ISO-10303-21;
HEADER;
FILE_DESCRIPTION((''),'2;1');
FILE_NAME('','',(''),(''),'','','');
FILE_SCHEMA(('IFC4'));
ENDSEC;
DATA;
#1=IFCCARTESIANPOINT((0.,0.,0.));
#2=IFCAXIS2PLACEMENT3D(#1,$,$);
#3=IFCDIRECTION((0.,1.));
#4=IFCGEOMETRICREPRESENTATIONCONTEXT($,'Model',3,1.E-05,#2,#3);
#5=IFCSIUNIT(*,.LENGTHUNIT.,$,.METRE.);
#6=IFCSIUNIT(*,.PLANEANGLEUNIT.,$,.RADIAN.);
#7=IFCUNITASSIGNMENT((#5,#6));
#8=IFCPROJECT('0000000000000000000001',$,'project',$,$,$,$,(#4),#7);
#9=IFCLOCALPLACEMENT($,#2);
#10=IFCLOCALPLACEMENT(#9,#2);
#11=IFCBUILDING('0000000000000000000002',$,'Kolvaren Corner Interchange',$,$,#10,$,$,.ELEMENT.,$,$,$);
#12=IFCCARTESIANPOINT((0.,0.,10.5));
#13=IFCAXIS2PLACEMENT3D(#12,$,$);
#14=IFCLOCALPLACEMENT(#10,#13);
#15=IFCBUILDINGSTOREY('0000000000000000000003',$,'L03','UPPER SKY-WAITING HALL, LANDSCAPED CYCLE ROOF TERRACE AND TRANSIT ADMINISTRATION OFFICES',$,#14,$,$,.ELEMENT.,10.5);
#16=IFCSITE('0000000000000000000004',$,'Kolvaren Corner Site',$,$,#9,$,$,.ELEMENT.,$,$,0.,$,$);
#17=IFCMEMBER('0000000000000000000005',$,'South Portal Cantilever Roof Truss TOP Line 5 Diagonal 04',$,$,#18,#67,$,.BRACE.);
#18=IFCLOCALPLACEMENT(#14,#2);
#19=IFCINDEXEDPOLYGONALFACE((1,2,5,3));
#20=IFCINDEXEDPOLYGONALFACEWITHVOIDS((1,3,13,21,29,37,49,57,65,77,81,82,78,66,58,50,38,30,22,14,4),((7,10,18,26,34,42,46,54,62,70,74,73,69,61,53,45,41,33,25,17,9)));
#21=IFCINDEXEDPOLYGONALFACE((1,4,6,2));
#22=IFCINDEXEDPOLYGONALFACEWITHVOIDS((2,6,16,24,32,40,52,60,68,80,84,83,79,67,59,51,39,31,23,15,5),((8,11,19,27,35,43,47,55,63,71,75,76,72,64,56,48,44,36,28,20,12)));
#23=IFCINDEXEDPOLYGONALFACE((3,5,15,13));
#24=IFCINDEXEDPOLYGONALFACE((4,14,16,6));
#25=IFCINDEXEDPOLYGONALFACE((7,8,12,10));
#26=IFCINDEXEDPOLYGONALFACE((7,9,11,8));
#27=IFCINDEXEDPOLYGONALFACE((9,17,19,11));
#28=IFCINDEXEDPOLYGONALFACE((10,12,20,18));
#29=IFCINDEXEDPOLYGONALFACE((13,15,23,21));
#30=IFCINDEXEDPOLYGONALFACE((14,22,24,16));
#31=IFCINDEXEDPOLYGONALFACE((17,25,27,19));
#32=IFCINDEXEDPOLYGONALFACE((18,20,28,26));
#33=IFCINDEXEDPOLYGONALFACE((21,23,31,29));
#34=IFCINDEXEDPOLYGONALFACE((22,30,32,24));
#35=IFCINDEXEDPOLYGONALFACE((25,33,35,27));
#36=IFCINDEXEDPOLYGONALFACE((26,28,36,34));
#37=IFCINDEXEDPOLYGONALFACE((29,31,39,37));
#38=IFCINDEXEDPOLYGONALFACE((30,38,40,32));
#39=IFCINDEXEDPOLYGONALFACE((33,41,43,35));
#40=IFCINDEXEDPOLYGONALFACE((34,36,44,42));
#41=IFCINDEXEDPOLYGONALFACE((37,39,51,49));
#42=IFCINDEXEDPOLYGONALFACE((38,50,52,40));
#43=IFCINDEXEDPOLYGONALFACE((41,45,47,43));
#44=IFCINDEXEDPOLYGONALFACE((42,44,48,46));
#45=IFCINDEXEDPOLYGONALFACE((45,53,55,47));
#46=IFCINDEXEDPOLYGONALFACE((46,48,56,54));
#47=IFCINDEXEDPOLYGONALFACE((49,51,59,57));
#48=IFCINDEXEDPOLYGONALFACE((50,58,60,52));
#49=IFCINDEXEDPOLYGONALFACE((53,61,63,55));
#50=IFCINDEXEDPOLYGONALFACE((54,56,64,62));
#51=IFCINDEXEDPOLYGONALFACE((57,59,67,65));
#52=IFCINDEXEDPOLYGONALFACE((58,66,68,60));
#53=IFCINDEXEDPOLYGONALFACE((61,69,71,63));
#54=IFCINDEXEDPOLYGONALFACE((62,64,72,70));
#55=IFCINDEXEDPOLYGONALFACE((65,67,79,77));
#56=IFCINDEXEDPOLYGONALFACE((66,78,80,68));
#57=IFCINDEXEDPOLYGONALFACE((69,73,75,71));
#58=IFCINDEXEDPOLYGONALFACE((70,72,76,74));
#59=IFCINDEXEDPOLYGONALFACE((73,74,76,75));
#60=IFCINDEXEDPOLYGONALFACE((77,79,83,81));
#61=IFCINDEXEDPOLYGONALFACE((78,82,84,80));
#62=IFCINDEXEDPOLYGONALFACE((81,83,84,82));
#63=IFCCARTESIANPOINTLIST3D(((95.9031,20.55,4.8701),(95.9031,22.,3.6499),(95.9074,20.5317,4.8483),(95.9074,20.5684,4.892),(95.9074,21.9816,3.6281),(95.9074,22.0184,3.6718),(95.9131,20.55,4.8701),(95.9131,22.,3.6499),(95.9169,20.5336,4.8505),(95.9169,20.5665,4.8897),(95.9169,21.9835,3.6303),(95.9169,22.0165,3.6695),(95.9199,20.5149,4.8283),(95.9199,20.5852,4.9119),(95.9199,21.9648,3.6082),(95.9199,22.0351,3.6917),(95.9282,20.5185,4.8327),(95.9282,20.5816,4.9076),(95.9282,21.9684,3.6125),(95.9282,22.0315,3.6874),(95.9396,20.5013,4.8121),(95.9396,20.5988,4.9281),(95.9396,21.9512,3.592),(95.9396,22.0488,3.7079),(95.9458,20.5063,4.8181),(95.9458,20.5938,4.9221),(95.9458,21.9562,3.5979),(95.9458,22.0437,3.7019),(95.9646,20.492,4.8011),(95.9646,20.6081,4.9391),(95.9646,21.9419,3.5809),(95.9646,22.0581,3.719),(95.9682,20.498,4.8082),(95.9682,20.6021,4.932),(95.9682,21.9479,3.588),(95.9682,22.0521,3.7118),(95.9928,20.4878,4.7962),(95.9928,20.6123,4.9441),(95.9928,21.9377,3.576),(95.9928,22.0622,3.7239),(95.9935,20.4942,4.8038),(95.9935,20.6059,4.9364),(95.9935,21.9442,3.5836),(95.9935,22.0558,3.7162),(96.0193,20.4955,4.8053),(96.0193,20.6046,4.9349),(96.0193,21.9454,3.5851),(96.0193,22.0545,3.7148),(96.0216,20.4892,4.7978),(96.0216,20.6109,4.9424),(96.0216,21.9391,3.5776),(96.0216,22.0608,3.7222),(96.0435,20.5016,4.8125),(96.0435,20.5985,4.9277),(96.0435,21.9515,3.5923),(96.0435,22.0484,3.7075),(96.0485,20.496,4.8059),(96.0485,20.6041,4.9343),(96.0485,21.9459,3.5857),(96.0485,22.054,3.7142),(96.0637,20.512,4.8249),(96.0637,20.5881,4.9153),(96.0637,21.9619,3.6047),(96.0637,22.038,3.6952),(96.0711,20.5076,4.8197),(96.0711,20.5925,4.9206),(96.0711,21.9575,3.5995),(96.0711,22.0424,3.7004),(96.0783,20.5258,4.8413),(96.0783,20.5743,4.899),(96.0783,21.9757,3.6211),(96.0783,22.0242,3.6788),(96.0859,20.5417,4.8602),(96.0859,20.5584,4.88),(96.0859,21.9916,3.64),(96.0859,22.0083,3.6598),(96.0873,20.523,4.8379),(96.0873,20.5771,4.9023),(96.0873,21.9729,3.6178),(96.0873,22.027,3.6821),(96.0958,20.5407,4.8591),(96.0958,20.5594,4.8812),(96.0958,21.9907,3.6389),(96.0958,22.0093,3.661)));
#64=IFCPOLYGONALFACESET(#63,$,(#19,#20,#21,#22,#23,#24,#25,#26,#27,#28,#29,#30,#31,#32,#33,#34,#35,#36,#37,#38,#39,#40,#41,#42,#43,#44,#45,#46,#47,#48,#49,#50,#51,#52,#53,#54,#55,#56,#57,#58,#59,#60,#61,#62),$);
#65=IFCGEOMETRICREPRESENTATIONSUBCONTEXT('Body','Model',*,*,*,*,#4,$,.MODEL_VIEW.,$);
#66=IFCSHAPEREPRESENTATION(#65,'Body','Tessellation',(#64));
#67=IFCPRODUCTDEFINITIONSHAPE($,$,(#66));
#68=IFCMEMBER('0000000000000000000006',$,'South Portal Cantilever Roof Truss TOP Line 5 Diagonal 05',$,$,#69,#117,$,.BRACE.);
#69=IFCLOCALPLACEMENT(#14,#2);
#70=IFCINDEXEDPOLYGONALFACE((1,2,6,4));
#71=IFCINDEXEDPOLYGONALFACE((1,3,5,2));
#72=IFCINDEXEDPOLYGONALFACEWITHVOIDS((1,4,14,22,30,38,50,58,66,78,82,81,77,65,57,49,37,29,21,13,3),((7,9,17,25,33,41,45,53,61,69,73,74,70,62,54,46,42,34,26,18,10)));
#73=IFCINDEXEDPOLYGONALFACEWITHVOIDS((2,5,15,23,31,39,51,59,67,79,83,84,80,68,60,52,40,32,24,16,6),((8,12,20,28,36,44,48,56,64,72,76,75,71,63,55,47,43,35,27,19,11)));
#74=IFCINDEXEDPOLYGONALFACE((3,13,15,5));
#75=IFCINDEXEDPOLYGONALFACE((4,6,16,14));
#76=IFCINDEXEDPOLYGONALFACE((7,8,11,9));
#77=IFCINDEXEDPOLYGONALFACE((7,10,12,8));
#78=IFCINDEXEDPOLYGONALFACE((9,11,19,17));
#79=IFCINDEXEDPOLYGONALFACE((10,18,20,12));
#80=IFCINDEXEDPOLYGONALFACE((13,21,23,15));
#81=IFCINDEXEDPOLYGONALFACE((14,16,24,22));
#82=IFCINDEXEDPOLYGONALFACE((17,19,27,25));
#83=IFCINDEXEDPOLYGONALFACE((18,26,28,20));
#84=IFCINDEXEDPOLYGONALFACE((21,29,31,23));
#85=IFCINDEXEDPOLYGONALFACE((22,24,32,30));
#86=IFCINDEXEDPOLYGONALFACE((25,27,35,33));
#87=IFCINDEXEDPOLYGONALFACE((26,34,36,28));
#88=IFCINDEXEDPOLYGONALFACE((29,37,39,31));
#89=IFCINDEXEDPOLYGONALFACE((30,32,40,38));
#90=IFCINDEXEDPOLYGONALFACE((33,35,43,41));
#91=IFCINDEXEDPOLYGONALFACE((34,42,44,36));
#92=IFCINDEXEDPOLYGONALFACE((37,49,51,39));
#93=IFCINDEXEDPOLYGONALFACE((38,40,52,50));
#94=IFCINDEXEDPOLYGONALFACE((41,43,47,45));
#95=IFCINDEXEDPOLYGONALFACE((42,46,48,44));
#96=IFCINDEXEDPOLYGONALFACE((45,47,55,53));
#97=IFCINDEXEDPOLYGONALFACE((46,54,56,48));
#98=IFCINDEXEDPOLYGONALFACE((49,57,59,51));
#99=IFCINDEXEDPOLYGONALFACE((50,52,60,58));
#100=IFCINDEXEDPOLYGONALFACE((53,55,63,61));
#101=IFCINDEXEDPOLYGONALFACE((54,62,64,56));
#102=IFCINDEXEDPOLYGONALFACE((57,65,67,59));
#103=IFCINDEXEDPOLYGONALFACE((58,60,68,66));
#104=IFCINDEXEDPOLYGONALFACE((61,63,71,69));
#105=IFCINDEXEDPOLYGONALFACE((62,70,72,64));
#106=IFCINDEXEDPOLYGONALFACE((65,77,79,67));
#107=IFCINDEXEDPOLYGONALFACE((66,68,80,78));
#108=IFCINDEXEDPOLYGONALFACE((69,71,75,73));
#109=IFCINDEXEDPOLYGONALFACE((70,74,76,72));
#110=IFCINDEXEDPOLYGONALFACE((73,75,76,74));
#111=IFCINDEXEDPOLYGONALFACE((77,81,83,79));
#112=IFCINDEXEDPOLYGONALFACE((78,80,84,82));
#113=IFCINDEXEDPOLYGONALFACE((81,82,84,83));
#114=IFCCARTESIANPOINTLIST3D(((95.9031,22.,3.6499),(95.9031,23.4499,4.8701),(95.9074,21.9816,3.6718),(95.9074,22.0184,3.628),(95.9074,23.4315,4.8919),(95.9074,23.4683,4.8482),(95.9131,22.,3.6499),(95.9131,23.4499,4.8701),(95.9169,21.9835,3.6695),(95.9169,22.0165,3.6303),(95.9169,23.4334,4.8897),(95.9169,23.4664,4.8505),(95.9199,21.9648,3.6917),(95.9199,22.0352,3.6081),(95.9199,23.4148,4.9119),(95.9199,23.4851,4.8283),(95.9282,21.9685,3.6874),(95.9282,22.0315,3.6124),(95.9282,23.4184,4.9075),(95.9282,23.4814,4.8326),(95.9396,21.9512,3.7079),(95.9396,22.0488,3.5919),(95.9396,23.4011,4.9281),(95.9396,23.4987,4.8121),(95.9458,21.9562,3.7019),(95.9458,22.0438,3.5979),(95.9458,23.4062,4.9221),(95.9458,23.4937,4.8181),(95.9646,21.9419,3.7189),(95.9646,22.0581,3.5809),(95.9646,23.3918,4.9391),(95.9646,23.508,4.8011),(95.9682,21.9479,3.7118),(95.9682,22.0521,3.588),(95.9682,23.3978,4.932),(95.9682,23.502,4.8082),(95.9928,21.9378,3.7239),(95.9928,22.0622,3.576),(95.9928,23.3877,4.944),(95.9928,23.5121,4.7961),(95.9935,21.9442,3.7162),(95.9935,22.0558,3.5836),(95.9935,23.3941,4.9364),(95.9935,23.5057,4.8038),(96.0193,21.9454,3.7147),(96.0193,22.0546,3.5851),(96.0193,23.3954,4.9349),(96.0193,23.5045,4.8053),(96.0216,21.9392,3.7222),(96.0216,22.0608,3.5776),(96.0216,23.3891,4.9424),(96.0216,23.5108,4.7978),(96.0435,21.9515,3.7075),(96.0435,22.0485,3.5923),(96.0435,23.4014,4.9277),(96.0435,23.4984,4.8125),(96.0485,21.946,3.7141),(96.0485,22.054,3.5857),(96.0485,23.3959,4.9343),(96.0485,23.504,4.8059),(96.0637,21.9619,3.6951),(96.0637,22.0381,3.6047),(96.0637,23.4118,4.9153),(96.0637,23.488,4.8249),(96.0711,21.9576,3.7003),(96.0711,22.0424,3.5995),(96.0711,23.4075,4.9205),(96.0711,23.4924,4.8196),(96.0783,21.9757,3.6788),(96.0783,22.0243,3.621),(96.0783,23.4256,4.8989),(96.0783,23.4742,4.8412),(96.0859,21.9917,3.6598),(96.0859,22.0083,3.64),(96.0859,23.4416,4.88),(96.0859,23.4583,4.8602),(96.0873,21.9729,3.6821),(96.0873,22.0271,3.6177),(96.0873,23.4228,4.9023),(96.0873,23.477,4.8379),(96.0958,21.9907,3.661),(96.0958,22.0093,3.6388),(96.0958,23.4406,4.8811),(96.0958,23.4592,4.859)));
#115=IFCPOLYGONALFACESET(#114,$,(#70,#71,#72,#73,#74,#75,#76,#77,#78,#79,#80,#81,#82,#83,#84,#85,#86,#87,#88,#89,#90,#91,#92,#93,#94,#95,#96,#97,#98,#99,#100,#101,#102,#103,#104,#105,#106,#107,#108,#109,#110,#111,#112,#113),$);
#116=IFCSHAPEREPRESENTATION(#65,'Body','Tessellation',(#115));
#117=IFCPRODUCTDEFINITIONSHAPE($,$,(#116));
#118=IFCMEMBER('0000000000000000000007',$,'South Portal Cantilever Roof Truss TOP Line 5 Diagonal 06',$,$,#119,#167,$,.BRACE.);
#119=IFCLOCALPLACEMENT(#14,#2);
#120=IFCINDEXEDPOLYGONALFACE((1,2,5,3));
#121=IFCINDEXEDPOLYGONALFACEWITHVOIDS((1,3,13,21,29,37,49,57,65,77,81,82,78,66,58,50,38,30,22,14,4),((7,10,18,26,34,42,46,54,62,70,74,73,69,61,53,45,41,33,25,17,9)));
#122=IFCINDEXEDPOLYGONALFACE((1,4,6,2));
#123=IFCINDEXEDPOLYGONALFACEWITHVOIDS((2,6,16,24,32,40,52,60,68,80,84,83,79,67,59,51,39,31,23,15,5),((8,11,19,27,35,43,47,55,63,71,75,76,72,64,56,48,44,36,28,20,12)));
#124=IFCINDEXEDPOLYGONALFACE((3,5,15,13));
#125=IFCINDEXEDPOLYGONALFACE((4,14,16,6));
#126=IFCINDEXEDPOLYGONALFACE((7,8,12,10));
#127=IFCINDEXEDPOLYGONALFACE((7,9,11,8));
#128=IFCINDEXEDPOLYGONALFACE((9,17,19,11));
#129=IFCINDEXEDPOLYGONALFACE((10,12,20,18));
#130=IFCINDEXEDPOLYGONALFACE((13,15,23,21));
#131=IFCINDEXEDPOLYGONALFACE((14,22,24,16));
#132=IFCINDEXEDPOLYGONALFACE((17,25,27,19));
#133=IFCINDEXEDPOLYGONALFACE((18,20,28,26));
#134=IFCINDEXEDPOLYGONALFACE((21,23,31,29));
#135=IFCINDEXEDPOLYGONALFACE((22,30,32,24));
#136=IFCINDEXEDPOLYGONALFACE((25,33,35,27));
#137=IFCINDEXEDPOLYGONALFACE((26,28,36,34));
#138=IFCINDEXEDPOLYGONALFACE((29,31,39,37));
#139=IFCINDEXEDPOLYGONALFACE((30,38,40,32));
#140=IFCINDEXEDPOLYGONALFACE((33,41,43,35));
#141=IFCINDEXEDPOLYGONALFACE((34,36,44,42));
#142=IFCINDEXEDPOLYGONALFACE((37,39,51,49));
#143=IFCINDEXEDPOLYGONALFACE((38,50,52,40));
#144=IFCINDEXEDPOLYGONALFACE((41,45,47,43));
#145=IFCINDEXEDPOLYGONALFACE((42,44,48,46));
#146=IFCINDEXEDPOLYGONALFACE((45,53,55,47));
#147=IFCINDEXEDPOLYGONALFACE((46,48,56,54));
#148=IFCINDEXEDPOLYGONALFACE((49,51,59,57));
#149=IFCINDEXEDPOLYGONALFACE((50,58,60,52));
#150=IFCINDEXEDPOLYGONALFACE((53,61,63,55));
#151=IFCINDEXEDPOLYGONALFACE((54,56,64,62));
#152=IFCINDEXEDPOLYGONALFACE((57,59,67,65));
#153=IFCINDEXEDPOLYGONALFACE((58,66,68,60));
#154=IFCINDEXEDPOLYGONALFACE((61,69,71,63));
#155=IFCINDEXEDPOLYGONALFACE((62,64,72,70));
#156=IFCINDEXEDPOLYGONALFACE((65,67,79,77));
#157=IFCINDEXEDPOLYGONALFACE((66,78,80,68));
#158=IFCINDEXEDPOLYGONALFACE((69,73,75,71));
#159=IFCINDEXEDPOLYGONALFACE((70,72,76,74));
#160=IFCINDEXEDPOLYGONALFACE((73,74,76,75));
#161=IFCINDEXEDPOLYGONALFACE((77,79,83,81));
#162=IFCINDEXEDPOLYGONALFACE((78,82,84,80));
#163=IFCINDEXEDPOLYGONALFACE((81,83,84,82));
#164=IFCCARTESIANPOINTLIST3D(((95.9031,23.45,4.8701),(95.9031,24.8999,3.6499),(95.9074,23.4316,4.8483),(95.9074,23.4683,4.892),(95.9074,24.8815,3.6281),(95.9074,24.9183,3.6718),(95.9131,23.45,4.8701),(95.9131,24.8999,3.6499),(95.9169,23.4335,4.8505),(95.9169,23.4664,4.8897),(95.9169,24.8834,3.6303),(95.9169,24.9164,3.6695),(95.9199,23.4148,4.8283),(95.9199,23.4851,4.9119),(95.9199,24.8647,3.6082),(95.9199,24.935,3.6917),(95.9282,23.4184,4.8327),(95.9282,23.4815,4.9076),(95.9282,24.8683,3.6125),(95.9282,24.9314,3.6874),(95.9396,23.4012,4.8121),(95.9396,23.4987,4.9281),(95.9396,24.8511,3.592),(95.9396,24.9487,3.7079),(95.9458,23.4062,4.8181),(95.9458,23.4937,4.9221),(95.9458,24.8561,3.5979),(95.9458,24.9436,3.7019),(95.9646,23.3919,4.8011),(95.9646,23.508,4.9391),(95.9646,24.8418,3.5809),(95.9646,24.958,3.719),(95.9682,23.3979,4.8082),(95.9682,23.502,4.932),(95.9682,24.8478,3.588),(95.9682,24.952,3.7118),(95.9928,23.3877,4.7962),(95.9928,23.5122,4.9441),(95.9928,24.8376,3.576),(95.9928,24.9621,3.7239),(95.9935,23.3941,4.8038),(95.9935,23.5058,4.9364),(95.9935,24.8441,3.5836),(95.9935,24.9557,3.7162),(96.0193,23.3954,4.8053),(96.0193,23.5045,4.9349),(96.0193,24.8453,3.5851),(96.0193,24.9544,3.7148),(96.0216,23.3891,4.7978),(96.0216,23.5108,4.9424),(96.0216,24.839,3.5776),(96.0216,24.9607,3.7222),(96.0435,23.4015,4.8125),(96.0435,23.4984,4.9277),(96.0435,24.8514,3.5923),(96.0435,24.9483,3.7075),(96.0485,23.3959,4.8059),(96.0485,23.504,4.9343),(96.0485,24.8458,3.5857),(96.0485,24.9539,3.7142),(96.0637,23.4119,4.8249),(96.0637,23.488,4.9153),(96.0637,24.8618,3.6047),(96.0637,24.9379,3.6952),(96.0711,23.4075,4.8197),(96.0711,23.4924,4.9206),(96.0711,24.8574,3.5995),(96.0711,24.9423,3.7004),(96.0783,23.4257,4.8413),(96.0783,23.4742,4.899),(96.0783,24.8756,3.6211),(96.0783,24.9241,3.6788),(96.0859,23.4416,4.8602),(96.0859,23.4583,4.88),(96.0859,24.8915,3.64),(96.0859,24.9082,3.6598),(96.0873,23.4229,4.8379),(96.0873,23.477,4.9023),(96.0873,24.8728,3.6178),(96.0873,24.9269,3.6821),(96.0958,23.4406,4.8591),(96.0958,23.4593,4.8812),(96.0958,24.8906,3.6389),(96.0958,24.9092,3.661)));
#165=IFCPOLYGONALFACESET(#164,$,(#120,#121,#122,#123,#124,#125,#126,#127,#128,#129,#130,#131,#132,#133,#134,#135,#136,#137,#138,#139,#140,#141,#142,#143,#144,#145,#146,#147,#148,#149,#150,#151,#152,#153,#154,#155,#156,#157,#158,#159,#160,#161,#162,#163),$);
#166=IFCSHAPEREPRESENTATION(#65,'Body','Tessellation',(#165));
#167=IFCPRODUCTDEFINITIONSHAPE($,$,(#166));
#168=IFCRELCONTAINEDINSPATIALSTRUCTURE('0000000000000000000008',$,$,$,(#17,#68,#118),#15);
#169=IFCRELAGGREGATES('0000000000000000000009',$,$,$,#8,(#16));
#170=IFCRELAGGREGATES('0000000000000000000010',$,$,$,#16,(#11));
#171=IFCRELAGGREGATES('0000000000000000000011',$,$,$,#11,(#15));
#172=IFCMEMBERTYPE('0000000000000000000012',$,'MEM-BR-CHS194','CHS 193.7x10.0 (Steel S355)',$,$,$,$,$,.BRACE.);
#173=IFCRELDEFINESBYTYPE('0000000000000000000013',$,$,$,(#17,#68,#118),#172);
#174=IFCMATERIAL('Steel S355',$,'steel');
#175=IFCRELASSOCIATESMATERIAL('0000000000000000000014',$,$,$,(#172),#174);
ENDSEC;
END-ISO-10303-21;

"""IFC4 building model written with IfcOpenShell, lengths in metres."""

from ifc_helpers import new_model, si_unit, direction, frame, origin, origin_2d, place, context, subcontext, project, spatial, hollow_circle, extrude, material, material_profile, profile_set, type_object, element, save


model = new_model("IFC4")

# Units and contexts
model_context = context("Model", 3, precision=1e-05, world=origin(), true_north=direction((0.0, 1.0)))
body_context = subcontext(model_context, "Body", "Model", "MODEL_VIEW")
ifc_project = project(units=[si_unit("LENGTHUNIT", "METRE"), si_unit("PLANEANGLEUNIT", "RADIAN")], contexts=[model_context])

# Site, building, storey
site_placement = place(None, origin())
site = spatial("IfcSite", under=ifc_project, at=site_placement, Name="Kolvaren Corner Site", CompositionType="ELEMENT", RefElevation=0.0)
building_placement = place(site_placement, origin())
building = spatial("IfcBuilding", under=site, at=building_placement, Name="Kolvaren Corner Interchange", CompositionType="ELEMENT")
storey_placement = place(building_placement, frame((0.0, 0.0, 10.5)))
storey = spatial("IfcBuildingStorey", under=building, at=storey_placement, Name="L03", Description="UPPER SKY-WAITING HALL, LANDSCAPED CYCLE ROOF TERRACE AND TRANSIT ADMINISTRATION OFFICES", CompositionType="ELEMENT", Elevation=10.5)

# Members
ifc_material_1 = material(Name="Steel S355", Category="steel")
ifc_material_profile_1 = material_profile(ifc_material_1, hollow_circle(Radius=0.0969, WallThickness=0.01, at=origin_2d()), Name="CHS 193.7x10.0")
ifc_profile_set_1 = profile_set([ifc_material_profile_1], Name="Steel S355")
member_type_1 = type_object("IfcMemberType", Name="MEM-BR-CHS194", Description="CHS 193.7x10.0 (Steel S355)", PredefinedType="BRACE", material=ifc_profile_set_1)
for number, where, z_axis, x_axis, name in (
    (1, (96.0, 20.55, 4.8701), (0.0, 0.765118, -0.64389), (-1.0, 0.0, 0.0), "South Portal Cantilever Roof Truss TOP Line 5 Diagonal 04"),
    (2, (96.0, 22.0, 3.6499), (0.0, 0.765118, 0.64389), (-1.0, 0.0, 0.0), "South Portal Cantilever Roof Truss TOP Line 5 Diagonal 05"),
    (3, (96.0, 23.45, 4.8701), (0.0, 0.765118, -0.64389), (-1.0, 0.0, 0.0), "South Portal Cantilever Roof Truss TOP Line 5 Diagonal 06"),
):
    element("IfcMember", number, at=place(storey_placement, frame(where, z_axis=z_axis, x_axis=x_axis)), inside=storey, type_object=member_type_1, Name=name, PredefinedType="BRACE", context=body_context, shape_type="SweptSolid", body=[
        extrude(hollow_circle(Radius=0.0969, WallThickness=0.01, at=origin_2d()), origin(), (0.0, 0.0, 1.0), 1.895),
    ])

save(model, "model.ifc")
